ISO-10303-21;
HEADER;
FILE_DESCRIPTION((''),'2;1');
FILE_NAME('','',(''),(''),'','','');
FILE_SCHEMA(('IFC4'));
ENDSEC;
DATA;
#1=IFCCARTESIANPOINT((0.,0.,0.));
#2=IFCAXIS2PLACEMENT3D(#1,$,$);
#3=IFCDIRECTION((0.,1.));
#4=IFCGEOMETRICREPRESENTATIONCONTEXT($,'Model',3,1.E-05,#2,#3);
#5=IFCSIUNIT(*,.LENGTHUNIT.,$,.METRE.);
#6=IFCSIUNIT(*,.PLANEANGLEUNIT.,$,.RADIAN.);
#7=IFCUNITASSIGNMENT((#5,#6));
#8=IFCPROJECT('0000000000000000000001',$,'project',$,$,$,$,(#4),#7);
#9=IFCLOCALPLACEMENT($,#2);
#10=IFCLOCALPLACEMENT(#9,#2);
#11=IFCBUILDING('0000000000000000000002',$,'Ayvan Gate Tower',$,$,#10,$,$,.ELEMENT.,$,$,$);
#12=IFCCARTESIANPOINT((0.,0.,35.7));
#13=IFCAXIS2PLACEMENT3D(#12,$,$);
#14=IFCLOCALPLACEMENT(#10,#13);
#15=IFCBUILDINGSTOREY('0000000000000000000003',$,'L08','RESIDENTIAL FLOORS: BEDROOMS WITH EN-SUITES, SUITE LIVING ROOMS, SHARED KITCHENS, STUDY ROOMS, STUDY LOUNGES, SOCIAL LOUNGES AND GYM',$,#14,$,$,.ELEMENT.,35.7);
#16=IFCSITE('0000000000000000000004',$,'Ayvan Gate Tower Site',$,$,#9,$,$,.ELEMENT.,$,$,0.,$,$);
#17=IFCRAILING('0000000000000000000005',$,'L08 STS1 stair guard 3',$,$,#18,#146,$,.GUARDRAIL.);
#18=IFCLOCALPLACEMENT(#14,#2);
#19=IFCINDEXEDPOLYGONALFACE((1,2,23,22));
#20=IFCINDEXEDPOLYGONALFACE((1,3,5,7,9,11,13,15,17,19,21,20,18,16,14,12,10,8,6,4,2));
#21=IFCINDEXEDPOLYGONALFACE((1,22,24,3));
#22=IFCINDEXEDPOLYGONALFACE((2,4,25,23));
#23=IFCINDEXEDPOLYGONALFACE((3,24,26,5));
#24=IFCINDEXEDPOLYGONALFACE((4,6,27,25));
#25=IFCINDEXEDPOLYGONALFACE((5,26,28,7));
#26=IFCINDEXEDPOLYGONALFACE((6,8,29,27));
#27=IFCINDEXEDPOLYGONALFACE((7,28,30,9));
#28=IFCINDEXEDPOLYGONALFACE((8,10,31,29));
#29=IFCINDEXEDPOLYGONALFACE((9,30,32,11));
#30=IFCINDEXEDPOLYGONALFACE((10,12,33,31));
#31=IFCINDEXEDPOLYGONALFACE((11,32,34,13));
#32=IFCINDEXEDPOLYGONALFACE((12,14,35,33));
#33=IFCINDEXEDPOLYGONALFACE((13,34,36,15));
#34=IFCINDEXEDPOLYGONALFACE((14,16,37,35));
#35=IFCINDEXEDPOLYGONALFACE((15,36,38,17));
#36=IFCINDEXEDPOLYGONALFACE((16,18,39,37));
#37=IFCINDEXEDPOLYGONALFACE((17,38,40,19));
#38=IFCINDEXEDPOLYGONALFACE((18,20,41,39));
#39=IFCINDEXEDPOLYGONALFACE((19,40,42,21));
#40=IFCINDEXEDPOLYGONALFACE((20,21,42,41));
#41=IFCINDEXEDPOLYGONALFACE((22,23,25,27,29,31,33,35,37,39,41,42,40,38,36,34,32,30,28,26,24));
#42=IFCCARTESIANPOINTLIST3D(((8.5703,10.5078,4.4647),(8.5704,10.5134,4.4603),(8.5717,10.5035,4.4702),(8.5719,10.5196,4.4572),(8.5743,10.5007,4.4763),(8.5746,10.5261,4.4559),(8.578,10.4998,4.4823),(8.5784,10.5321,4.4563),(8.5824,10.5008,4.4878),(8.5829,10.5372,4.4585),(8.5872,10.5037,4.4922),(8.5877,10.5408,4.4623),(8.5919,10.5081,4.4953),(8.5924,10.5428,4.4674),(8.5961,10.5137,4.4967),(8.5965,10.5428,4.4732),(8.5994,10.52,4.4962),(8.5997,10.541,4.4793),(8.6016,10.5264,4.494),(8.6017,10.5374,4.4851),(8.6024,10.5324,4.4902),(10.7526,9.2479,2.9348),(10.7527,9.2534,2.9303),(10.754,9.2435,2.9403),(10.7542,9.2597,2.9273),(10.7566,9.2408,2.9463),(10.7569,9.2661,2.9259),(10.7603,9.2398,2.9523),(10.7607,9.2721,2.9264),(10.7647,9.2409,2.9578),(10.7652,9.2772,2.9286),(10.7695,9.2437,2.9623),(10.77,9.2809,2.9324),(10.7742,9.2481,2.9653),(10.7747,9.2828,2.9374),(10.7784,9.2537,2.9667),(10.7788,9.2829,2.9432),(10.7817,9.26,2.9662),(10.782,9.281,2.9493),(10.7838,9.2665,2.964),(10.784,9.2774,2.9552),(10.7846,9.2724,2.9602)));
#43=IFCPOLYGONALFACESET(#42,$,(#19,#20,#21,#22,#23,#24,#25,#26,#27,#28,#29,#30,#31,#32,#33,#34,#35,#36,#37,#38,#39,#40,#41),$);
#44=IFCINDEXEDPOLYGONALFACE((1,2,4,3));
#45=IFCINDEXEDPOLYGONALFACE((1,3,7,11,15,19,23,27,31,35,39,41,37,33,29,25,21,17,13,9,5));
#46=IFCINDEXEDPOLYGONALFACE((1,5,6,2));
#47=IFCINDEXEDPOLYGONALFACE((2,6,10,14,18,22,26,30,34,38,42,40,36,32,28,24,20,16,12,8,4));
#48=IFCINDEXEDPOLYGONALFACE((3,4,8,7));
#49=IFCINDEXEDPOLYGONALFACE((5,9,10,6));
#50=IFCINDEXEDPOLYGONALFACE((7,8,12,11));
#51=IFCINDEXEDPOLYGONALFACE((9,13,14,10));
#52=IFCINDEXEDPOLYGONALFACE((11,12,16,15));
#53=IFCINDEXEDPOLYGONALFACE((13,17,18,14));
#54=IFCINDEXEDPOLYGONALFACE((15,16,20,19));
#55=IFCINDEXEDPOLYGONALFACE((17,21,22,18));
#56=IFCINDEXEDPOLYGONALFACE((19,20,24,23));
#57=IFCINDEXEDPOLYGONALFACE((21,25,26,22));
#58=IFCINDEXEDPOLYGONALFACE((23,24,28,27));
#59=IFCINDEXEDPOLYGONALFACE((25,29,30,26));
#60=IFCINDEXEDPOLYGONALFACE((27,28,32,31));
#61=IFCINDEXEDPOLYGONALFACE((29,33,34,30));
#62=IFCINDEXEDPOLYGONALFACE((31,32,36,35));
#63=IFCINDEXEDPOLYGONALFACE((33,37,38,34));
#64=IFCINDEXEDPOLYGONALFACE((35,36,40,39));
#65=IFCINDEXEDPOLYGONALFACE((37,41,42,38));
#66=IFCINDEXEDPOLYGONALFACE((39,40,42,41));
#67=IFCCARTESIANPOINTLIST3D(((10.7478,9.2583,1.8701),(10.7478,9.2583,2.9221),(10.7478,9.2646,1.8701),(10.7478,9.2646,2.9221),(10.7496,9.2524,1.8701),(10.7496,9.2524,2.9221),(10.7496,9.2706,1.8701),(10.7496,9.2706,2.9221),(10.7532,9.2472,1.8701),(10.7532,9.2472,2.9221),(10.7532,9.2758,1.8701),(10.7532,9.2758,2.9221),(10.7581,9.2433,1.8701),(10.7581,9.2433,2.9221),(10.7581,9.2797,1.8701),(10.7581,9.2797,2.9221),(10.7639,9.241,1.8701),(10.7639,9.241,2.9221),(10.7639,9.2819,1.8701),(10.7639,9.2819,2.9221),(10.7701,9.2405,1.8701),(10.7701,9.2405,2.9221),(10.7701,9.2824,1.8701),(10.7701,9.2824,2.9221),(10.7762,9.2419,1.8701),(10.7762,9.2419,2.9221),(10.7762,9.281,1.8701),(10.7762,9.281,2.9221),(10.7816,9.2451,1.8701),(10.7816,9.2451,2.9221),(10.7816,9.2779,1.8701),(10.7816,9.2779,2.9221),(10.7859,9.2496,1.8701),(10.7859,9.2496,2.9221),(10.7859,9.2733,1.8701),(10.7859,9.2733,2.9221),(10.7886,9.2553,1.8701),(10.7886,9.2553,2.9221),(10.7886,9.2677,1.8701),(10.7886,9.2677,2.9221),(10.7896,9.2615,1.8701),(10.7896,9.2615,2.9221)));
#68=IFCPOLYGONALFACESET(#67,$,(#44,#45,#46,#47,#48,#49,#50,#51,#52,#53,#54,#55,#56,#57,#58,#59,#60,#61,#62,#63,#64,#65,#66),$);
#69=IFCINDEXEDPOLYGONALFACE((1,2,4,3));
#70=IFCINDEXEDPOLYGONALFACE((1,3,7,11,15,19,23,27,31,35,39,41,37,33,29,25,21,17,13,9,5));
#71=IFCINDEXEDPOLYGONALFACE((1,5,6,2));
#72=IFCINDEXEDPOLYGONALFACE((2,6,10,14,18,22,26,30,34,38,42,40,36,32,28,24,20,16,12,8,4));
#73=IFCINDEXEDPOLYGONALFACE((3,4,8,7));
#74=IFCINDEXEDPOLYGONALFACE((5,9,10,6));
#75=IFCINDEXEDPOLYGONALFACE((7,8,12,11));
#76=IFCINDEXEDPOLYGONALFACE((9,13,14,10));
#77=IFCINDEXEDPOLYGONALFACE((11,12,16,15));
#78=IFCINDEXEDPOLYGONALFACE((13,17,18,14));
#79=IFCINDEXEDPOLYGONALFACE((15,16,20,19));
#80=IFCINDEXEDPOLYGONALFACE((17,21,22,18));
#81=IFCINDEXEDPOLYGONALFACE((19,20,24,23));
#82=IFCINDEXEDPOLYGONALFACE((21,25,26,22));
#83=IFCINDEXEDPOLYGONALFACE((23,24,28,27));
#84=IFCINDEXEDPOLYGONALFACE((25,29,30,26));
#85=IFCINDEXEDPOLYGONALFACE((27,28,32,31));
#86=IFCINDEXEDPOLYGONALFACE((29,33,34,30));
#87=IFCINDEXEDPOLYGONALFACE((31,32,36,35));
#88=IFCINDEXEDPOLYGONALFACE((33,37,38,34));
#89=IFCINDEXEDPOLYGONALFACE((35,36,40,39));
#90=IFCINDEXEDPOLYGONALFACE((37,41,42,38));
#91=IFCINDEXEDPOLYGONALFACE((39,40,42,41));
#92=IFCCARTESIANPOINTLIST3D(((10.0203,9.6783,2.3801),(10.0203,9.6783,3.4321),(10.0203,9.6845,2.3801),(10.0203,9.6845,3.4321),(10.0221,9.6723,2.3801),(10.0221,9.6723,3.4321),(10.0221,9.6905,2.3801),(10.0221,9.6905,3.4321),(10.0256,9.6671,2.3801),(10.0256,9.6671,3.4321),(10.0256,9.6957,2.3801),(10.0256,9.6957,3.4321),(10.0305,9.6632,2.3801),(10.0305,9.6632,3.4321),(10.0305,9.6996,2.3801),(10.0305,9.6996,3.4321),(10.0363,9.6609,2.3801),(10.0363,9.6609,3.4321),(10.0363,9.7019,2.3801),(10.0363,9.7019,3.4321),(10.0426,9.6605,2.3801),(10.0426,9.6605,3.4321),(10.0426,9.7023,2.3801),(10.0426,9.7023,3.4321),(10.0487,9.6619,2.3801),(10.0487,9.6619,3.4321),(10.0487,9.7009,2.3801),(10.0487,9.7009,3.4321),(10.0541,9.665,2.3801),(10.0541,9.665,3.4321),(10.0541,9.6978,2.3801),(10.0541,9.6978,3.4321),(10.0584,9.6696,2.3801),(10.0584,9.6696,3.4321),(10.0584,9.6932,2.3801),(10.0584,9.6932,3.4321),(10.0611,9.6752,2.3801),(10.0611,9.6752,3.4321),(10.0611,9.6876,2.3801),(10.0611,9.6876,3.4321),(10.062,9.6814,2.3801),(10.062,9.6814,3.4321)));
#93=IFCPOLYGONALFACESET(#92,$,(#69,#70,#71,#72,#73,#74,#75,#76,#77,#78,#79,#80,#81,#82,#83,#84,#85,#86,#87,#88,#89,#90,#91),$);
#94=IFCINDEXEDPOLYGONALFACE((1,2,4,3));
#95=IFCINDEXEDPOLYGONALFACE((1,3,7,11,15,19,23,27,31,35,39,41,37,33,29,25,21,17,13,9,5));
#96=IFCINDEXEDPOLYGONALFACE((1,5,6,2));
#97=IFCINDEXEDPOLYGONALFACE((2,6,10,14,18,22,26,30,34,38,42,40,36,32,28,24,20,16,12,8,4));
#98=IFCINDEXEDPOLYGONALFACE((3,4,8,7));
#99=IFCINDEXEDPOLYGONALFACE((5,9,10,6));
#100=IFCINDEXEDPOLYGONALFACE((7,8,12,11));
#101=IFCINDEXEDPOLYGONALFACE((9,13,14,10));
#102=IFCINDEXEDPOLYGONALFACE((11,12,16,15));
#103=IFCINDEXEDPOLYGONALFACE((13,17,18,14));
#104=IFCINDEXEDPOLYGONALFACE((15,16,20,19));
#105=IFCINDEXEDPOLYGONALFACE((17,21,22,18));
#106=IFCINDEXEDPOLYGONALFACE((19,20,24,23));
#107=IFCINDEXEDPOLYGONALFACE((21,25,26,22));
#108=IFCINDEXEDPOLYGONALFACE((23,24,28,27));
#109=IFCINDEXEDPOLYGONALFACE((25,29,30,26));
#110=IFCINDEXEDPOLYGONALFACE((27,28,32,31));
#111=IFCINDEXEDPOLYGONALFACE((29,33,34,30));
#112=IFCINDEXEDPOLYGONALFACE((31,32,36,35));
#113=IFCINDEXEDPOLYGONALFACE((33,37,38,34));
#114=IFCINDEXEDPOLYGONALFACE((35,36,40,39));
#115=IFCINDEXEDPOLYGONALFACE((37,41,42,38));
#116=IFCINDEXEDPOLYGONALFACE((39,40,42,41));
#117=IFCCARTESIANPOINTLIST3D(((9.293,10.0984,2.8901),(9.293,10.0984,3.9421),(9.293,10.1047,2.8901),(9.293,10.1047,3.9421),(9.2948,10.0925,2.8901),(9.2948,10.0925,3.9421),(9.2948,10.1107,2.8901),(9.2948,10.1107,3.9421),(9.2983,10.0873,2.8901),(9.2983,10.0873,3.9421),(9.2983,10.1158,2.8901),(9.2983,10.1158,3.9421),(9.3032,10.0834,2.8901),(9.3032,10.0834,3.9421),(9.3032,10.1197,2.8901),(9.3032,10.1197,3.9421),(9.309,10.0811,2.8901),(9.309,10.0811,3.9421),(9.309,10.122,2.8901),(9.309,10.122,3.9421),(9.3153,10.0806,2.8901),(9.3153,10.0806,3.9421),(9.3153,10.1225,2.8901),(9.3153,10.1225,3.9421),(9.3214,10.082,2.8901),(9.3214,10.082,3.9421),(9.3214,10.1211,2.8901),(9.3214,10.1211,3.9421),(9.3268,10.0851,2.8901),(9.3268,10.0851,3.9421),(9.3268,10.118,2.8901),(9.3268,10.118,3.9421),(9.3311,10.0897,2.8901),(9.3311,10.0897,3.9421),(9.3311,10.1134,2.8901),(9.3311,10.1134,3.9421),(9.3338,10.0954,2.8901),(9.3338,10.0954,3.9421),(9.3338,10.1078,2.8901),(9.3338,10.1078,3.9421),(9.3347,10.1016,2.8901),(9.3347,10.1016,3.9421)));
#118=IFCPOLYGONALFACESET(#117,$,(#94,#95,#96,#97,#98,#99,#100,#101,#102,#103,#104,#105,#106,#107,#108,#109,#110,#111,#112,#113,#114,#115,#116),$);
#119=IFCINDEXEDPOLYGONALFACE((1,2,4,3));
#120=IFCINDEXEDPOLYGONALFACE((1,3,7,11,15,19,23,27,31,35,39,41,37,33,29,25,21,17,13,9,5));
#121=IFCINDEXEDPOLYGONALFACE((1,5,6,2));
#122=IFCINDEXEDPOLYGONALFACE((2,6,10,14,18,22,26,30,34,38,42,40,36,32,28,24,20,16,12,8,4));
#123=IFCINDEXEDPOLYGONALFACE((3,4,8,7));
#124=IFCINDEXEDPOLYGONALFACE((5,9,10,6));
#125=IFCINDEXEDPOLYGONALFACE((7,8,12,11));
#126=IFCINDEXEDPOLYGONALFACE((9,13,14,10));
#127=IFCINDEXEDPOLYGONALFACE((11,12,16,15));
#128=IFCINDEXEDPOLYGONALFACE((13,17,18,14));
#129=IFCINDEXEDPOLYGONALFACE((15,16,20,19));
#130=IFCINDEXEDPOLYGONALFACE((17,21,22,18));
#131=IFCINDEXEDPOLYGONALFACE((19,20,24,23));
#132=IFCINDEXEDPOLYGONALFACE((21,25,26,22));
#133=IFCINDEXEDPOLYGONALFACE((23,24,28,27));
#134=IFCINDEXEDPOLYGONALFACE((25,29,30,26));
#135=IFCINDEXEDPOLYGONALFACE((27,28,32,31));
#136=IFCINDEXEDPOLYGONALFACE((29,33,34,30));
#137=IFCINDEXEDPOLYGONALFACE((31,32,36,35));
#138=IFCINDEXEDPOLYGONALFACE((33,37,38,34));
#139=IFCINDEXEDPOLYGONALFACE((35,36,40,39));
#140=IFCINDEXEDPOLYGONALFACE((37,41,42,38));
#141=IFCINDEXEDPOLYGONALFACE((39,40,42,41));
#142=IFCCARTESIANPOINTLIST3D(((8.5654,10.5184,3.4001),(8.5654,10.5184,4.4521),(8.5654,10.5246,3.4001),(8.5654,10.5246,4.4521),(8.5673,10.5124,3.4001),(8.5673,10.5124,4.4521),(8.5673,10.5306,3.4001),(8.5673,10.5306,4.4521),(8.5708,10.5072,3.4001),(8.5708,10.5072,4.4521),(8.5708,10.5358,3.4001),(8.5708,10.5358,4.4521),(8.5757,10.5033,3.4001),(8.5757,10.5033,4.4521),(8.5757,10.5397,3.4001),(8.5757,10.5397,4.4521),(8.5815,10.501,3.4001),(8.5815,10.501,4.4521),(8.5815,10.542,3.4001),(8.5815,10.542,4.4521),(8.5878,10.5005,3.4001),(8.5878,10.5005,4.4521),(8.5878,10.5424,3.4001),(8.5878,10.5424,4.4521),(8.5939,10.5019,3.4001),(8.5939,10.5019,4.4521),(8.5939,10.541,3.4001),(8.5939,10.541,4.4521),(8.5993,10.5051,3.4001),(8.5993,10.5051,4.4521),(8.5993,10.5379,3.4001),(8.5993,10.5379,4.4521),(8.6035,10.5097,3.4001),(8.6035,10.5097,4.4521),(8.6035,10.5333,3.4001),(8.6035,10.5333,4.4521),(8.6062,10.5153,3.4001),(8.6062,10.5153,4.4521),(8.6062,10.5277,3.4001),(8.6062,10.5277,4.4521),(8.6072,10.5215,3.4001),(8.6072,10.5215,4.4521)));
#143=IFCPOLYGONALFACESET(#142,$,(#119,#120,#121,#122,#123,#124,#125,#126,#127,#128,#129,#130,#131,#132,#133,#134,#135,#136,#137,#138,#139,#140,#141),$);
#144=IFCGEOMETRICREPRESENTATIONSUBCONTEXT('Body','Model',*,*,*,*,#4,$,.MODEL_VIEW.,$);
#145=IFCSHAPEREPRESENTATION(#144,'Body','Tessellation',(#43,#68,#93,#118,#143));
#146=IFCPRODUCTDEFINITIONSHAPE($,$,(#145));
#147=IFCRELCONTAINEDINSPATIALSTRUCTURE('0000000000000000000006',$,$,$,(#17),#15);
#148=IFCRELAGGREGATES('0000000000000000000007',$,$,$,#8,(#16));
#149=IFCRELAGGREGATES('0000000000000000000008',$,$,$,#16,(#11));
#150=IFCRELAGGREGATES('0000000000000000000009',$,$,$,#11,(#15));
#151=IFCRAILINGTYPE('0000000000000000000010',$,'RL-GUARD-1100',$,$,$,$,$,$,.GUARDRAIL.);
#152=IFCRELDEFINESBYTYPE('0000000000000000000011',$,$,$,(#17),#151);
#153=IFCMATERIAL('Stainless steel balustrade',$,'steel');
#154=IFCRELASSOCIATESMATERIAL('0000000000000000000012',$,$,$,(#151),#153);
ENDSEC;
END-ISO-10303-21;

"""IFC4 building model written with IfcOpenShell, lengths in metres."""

from ifc_helpers import new_model, si_unit, direction, frame, origin, origin_2d, place, context, subcontext, project, spatial, circle, extrude, material, type_object, element, save


model = new_model("IFC4")

# Units and contexts
model_context = context("Model", 3, precision=1e-05, world=origin(), true_north=direction((0.0, 1.0)))
body_context = subcontext(model_context, "Body", "Model", "MODEL_VIEW")
ifc_project = project(units=[si_unit("LENGTHUNIT", "METRE"), si_unit("PLANEANGLEUNIT", "RADIAN")], contexts=[model_context])

# Site, building, storey
site_placement = place(None, origin())
site = spatial("IfcSite", under=ifc_project, at=site_placement, Name="Ayvan Gate Tower Site", CompositionType="ELEMENT", RefElevation=0.0)
building_placement = place(site_placement, origin())
building = spatial("IfcBuilding", under=site, at=building_placement, Name="Ayvan Gate Tower", CompositionType="ELEMENT")
storey_placement = place(building_placement, frame((0.0, 0.0, 35.7)))
storey = spatial("IfcBuildingStorey", under=building, at=storey_placement, Name="L08", Description="RESIDENTIAL FLOORS: BEDROOMS WITH EN-SUITES, SUITE LIVING ROOMS, SHARED KITCHENS, STUDY ROOMS, STUDY LOUNGES, SOCIAL LOUNGES AND GYM", CompositionType="ELEMENT", Elevation=35.7)

# Railing
ifc_material_1 = material(Name="Stainless steel balustrade", Category="steel")
railing_type_1 = type_object("IfcRailingType", Name="RL-GUARD-1100", PredefinedType="GUARDRAIL", material=ifc_material_1)
railing_1_placement = place(storey_placement, frame((10.7686, 9.2615, 1.8701)))
element("IfcRailing", 1, at=railing_1_placement, inside=storey, type_object=railing_type_1, Name="L08 STS1 stair guard 3", PredefinedType="GUARDRAIL", context=body_context, shape_type="SweptSolid", body=[
    extrude(circle(Radius=0.0239, at=origin_2d()), frame((0.0, 0.0, 1.0762), z_axis=(-0.740261, 0.427395, 0.518986), x_axis=(-0.500005, -0.866023, 0.0)), (0.0, 0.0, 1.0), 2.948),
    extrude(circle(Radius=0.021, at=origin_2d()), origin(), (0.0, 0.0, 1.0), 1.052),
    extrude(circle(Radius=0.021, at=origin_2d()), frame((-0.7275, 0.4199, 0.51)), (0.0, 0.0, 1.0), 1.052),
    extrude(circle(Radius=0.021, at=origin_2d()), frame((-1.4548, 0.8401, 1.02)), (0.0, 0.0, 1.0), 1.052),
    extrude(circle(Radius=0.021, at=origin_2d()), frame((-2.1824, 1.26, 1.53)), (0.0, 0.0, 1.0), 1.052),
])

save(model, "model.ifc")
